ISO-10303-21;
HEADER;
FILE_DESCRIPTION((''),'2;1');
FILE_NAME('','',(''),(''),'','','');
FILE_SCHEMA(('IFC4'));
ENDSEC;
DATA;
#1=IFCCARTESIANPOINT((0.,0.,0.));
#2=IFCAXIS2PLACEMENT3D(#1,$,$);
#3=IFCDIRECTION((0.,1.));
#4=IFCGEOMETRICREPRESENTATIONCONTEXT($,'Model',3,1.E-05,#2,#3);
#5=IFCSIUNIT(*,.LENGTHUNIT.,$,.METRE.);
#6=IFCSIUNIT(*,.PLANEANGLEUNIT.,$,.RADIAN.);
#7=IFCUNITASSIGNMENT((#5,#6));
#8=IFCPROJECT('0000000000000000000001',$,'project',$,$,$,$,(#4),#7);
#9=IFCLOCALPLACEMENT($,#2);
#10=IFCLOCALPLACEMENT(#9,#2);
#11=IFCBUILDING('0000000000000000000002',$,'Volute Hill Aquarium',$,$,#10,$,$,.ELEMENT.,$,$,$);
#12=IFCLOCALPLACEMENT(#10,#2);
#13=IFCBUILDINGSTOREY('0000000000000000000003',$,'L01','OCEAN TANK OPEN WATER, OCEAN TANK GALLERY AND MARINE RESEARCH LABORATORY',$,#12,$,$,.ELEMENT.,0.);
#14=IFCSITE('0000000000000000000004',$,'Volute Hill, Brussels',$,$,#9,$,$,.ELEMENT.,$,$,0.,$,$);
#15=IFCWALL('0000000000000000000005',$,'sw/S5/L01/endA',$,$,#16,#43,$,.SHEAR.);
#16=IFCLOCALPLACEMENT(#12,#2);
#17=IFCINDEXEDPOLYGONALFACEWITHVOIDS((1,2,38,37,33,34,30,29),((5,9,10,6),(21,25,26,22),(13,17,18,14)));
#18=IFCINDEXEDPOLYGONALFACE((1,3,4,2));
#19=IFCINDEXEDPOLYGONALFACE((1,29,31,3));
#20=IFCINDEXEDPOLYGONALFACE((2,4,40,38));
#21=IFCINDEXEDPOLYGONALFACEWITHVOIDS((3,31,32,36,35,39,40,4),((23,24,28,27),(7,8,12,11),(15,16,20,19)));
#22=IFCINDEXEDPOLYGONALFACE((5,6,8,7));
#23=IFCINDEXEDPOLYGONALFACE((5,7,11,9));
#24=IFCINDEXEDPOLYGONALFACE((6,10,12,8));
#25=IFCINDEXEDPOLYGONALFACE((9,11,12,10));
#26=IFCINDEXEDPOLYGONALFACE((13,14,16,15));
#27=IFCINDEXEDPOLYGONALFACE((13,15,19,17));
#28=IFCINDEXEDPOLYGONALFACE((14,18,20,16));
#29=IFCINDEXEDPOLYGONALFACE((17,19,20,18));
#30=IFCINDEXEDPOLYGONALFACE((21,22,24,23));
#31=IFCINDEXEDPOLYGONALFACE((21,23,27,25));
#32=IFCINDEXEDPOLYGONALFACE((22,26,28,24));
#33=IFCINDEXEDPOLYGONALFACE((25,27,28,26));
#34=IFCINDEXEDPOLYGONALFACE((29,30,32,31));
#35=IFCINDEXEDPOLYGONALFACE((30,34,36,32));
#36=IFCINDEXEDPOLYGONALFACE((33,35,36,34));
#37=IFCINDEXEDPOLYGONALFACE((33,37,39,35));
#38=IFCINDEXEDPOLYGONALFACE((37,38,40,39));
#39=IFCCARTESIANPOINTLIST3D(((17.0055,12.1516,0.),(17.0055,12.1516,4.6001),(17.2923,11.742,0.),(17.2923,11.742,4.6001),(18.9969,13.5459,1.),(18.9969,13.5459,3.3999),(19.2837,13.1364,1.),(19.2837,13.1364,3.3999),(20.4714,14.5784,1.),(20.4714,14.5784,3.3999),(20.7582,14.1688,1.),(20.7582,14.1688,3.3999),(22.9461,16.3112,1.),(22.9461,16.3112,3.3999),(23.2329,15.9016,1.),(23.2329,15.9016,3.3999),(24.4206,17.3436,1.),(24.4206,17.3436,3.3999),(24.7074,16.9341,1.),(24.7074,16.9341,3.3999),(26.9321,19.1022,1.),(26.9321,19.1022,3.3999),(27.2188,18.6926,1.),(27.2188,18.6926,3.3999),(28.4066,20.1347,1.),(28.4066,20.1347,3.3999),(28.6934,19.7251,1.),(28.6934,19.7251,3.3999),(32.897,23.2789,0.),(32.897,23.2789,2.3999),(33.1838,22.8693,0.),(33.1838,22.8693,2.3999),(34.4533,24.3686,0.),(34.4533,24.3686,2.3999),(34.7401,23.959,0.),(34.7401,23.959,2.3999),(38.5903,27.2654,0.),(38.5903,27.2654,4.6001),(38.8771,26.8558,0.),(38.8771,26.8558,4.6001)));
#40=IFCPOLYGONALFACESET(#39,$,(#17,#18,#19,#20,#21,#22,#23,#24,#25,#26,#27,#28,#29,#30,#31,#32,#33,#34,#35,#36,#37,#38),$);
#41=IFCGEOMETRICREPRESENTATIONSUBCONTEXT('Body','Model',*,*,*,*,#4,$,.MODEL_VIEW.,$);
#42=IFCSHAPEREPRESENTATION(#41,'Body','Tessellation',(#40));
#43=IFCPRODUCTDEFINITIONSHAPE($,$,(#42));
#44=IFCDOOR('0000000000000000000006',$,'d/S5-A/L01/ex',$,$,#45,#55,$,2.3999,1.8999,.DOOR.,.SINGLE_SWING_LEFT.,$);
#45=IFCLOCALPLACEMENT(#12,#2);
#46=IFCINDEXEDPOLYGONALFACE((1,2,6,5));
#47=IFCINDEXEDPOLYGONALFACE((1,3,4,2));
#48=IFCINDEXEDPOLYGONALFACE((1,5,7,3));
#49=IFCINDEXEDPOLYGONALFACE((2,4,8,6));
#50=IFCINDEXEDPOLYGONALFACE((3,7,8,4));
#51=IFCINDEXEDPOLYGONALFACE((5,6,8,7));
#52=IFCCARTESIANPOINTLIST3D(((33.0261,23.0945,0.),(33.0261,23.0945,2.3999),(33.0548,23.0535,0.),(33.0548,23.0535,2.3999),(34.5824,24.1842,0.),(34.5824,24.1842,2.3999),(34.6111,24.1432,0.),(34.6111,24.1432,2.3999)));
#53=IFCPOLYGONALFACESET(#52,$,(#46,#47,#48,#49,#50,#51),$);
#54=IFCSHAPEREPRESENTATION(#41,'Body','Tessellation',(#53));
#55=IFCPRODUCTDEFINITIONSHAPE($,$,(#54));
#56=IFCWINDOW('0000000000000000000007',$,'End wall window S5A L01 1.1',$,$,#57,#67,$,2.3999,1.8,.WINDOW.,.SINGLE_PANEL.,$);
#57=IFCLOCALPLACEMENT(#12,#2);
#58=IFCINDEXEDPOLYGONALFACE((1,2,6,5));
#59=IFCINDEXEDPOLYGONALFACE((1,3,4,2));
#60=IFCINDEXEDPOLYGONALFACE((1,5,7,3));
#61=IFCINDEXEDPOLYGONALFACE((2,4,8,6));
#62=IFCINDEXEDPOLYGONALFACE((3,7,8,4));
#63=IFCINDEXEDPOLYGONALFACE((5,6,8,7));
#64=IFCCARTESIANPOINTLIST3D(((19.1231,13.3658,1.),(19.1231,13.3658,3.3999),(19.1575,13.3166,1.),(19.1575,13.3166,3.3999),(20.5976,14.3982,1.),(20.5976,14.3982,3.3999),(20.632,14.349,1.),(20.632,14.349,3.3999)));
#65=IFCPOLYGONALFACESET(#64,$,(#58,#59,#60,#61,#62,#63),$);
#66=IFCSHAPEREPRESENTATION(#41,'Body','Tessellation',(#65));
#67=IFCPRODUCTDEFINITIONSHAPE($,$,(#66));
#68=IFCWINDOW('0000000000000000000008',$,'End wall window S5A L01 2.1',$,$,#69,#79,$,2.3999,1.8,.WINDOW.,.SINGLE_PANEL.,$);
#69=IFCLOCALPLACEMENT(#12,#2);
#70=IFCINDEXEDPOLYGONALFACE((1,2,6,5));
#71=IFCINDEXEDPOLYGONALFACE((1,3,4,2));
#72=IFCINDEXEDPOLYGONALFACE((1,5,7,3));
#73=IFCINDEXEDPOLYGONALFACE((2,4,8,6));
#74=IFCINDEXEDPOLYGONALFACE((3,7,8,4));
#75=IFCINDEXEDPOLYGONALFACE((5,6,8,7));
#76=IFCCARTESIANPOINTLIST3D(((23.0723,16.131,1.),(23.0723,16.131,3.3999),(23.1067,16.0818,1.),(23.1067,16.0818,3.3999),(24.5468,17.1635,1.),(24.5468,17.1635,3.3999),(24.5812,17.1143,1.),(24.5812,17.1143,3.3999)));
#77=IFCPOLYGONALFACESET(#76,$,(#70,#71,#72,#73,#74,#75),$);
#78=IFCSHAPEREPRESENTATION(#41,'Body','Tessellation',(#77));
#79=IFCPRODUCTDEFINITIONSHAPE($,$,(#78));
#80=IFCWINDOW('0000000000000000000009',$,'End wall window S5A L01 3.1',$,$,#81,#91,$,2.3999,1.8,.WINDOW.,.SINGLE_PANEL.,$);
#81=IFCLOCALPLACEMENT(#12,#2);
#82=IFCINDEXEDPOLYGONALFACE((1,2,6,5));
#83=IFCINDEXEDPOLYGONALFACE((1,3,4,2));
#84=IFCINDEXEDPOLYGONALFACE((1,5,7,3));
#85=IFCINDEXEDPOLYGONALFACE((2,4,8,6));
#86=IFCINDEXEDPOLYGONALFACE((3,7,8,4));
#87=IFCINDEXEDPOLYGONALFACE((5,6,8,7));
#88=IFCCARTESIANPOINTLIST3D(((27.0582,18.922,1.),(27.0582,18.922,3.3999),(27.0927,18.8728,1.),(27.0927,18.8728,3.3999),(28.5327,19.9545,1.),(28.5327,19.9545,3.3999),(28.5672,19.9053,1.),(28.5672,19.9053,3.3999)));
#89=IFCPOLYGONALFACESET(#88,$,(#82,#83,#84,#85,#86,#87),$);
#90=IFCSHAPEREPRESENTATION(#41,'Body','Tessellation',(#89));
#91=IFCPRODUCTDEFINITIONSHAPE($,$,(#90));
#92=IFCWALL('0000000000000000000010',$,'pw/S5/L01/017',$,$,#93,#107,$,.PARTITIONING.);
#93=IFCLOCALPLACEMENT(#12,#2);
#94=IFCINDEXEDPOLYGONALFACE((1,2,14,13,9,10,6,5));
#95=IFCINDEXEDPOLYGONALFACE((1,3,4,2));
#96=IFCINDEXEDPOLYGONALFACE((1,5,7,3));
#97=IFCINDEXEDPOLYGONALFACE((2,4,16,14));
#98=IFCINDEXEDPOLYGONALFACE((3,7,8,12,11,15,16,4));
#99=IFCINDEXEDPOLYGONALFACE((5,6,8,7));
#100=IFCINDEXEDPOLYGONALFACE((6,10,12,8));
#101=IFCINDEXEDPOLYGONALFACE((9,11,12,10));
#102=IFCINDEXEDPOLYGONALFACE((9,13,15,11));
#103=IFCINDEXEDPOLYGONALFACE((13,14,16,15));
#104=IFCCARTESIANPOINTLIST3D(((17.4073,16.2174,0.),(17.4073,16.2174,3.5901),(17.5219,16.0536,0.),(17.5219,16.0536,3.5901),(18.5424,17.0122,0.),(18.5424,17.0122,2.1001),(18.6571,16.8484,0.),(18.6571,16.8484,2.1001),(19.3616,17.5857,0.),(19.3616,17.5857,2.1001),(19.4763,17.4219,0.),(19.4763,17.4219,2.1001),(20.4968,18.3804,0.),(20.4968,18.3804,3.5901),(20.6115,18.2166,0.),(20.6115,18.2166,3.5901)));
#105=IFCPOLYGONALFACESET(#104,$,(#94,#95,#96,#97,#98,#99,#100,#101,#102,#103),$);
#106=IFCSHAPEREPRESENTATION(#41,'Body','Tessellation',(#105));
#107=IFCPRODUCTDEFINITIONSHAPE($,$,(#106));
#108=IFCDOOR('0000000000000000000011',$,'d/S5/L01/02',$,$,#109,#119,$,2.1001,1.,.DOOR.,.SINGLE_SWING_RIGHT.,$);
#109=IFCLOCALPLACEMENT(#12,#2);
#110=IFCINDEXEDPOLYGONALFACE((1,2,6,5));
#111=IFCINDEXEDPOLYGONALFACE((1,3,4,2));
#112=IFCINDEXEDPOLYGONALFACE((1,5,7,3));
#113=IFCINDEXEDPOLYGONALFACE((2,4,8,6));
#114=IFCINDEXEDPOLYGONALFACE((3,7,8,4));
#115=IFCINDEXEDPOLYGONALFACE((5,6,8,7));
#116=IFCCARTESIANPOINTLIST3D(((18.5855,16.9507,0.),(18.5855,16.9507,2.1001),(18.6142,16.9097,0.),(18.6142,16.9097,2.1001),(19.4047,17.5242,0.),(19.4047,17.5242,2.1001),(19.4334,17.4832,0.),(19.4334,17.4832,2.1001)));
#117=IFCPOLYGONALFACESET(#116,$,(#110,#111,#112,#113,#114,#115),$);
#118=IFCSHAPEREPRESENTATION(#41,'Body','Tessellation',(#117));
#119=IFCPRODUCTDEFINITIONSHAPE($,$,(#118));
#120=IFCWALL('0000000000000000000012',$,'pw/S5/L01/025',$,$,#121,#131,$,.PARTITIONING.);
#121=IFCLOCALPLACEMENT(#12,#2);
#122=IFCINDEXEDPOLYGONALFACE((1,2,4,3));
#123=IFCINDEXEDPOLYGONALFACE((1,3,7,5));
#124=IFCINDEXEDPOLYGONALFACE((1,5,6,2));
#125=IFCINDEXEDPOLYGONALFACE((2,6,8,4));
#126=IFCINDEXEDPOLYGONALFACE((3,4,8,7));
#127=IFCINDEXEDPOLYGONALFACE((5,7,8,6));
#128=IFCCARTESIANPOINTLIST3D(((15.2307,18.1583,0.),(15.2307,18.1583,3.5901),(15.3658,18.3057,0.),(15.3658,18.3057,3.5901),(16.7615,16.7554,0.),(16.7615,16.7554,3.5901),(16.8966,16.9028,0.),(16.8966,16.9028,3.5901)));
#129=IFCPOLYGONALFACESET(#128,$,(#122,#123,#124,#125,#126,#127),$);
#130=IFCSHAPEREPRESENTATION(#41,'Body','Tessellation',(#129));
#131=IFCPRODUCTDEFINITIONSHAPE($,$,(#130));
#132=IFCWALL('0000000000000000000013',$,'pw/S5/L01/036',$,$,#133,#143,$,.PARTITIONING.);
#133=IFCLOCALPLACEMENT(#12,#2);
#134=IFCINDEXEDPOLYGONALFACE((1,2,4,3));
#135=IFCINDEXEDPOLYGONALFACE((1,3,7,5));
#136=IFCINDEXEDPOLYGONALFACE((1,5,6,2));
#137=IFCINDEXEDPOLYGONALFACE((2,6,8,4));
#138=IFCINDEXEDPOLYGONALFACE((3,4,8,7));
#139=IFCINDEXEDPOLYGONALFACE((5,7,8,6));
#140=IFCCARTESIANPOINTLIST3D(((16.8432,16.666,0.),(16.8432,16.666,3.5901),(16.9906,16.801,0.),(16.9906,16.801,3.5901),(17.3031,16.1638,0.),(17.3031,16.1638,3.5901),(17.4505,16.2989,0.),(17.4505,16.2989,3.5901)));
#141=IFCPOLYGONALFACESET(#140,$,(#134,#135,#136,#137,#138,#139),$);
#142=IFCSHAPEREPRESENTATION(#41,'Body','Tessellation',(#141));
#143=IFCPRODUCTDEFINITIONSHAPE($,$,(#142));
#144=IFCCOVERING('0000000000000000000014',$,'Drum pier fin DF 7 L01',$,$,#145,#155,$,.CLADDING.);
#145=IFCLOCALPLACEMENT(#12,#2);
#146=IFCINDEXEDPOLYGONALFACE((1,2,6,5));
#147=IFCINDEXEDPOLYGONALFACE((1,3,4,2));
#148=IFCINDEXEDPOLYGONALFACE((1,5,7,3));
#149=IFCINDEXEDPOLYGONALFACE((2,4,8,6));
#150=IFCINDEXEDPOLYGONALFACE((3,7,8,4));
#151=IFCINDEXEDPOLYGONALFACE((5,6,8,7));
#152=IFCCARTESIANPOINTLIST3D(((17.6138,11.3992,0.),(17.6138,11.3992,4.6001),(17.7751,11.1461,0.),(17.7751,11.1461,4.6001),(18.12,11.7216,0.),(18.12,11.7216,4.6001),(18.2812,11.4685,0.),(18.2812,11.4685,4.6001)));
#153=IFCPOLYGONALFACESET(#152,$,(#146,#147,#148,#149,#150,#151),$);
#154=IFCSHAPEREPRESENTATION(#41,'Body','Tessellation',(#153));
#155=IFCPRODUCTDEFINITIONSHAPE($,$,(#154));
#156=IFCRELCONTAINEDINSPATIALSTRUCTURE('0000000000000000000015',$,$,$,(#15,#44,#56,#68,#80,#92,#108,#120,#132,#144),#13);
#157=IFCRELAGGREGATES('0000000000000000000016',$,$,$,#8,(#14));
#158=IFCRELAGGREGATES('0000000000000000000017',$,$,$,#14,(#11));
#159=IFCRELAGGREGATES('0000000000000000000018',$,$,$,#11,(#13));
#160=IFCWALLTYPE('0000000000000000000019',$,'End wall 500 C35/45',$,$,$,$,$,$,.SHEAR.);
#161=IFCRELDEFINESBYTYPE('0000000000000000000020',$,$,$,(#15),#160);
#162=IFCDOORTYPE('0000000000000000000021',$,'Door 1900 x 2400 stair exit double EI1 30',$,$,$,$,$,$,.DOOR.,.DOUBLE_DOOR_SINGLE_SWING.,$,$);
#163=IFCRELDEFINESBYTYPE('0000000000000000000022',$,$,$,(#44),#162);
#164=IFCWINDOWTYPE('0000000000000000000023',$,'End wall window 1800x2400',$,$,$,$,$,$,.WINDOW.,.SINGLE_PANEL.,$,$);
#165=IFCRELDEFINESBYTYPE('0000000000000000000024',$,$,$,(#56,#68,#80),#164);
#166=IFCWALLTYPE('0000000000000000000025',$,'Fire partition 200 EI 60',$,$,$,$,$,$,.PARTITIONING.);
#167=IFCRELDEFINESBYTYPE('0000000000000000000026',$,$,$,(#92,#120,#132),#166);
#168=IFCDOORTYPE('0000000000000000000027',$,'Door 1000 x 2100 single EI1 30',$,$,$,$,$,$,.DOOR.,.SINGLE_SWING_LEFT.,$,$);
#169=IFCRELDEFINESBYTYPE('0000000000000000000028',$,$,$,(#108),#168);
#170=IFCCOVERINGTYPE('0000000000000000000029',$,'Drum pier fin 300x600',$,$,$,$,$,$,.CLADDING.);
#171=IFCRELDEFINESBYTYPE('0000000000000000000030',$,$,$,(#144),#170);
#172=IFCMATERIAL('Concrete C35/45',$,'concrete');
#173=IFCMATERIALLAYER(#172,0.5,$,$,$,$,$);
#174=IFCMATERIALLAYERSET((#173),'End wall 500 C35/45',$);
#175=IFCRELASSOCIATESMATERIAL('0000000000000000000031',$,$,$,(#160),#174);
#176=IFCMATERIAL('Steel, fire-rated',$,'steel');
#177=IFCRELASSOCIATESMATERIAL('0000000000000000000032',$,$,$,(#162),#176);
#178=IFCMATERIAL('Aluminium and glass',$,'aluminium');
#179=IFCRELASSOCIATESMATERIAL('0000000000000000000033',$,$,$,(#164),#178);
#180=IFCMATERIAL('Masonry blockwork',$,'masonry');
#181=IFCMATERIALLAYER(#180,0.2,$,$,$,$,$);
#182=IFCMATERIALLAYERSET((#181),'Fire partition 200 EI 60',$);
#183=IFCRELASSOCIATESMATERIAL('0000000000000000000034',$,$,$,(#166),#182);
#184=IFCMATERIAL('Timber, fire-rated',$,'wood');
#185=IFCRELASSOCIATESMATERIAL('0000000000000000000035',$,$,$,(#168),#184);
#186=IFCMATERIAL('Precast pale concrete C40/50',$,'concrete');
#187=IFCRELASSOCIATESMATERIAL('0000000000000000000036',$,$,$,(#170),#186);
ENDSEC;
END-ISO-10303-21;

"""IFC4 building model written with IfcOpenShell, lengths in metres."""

from ifc_helpers import new_model, si_unit, direction, frame, frame_2d, origin, origin_2d, place, context, subcontext, project, spatial, rectangle, extrude, material, layer, layer_set, type_object, element, fill, save


model = new_model("IFC4")

# Units and contexts
model_context = context("Model", 3, precision=1e-05, world=origin(), true_north=direction((0.0, 1.0)))
body_context = subcontext(model_context, "Body", "Model", "MODEL_VIEW")
ifc_project = project(units=[si_unit("LENGTHUNIT", "METRE"), si_unit("PLANEANGLEUNIT", "RADIAN")], contexts=[model_context])

# Site, building, storey
site_placement = place(None, origin())
site = spatial("IfcSite", under=ifc_project, at=site_placement, Name="Volute Hill, Brussels", CompositionType="ELEMENT", RefElevation=0.0)
building_placement = place(site_placement, origin())
building = spatial("IfcBuilding", under=site, at=building_placement, Name="Volute Hill Aquarium", CompositionType="ELEMENT")
storey_placement = place(building_placement, origin())
storey = spatial("IfcBuildingStorey", under=building, at=storey_placement, Name="L01", Description="OCEAN TANK OPEN WATER, OCEAN TANK GALLERY AND MARINE RESEARCH LABORATORY", CompositionType="ELEMENT", Elevation=0.0)

# Wall, openings, door, windows
ifc_material_1 = material(Name="Concrete C35/45", Category="concrete")
ifc_layer_1 = layer(ifc_material_1, 0.5)
ifc_layer_set_1 = layer_set([ifc_layer_1], Name="End wall 500 C35/45")
wall_type_1 = type_object("IfcWallType", Name="End wall 500 C35/45", PredefinedType="SHEAR", material=ifc_layer_set_1)
wall_1_placement = place(storey_placement, frame((17.1489, 11.9468, 0.0), z_axis=(0.0, 0.0, 1.0), x_axis=(0.819152, 0.573576, 0.0)))
wall_1 = element("IfcWall", 1, at=wall_1_placement, inside=storey, type_object=wall_type_1, Name="sw/S5/L01/endA", PredefinedType="SHEAR", context=body_context, shape_type="SweptSolid", body=[
    extrude(rectangle(XDim=26.3501, YDim=0.5, at=frame_2d((13.175, 0.0))), origin(), (0.0, 0.0, 1.0), 4.6001),
])
opening_1_placement = place(wall_1_placement, frame((2.4312, 0.0, 1.0)))
opening_1 = element("IfcOpeningElement", 2, at=opening_1_placement, cuts=wall_1, PredefinedType="OPENING", context=body_context, shape_type="SweptSolid", body=[
    extrude(rectangle(XDim=1.8, YDim=2.3999, at=frame_2d((0.8999, 1.2))), frame((0.0, 0.26, 0.0), z_axis=(0.0, -1.0, 0.0), x_axis=(1.0, 0.0, 0.0)), (0.0, 0.0, 1.0), 0.52),
])
opening_2_placement = place(wall_1_placement, frame((7.2522, 0.0, 1.0)))
opening_2 = element("IfcOpeningElement", 3, at=opening_2_placement, cuts=wall_1, PredefinedType="OPENING", context=body_context, shape_type="SweptSolid", body=[
    extrude(rectangle(XDim=1.8, YDim=2.3999, at=frame_2d((0.8999, 1.2))), frame((0.0, 0.26, 0.0), z_axis=(0.0, -1.0, 0.0), x_axis=(1.0, 0.0, 0.0)), (0.0, 0.0, 1.0), 0.52),
])
opening_3_placement = place(wall_1_placement, frame((12.1182, 0.0, 1.0)))
opening_3 = element("IfcOpeningElement", 4, at=opening_3_placement, cuts=wall_1, PredefinedType="OPENING", context=body_context, shape_type="SweptSolid", body=[
    extrude(rectangle(XDim=1.8, YDim=2.3999, at=frame_2d((0.8999, 1.2))), frame((0.0, 0.26, 0.0), z_axis=(0.0, -1.0, 0.0), x_axis=(1.0, 0.0, 0.0)), (0.0, 0.0, 1.0), 0.52),
])
opening_4_placement = place(wall_1_placement, frame((19.3999, 0.0, 0.0)))
opening_4 = element("IfcOpeningElement", 5, at=opening_4_placement, cuts=wall_1, PredefinedType="OPENING", context=body_context, shape_type="SweptSolid", body=[
    extrude(rectangle(XDim=1.8999, YDim=2.3999, at=frame_2d((0.95, 1.2))), frame((0.0, 0.26, 0.0), z_axis=(0.0, -1.0, 0.0), x_axis=(1.0, 0.0, 0.0)), (0.0, 0.0, 1.0), 0.52),
])
ifc_material_2 = material(Name="Steel, fire-rated", Category="steel")
door_type_1 = type_object("IfcDoorType", Name="Door 1900 x 2400 stair exit double EI1 30", OperationType="DOUBLE_DOOR_SINGLE_SWING", PredefinedType="DOOR", material=ifc_material_2)
door_1_placement = place(opening_4_placement, origin())
door_1 = element("IfcDoor", 6, at=door_1_placement, inside=storey, type_object=door_type_1, Name="d/S5-A/L01/ex", OperationType="SINGLE_SWING_LEFT", OverallHeight=2.3999, OverallWidth=1.8999, PredefinedType="DOOR", context=body_context, shape_type="SweptSolid", body=[
    extrude(rectangle(XDim=1.8999, YDim=2.3999, at=frame_2d((0.95, 1.2))), frame((0.0, 0.0249, 0.0), z_axis=(0.0, -1.0, 0.0), x_axis=(1.0, 0.0, 0.0)), (0.0, 0.0, 1.0), 0.05),
])
fill(opening_4, door_1)
ifc_material_3 = material(Name="Aluminium and glass", Category="aluminium")
window_type = type_object("IfcWindowType", Name="End wall window 1800x2400", PartitioningType="SINGLE_PANEL", PredefinedType="WINDOW", material=ifc_material_3)
window_1_placement = place(opening_1_placement, origin())
window_1 = element("IfcWindow", 7, at=window_1_placement, inside=storey, type_object=window_type, Name="End wall window S5A L01 1.1", OverallHeight=2.3999, OverallWidth=1.8, PartitioningType="SINGLE_PANEL", PredefinedType="WINDOW", context=body_context, shape_type="SweptSolid", body=[
    extrude(rectangle(XDim=1.8, YDim=2.3999, at=frame_2d((0.8999, 1.2))), frame((0.0, 0.03, 0.0), z_axis=(0.0, -1.0, 0.0), x_axis=(1.0, 0.0, 0.0)), (0.0, 0.0, 1.0), 0.0601),
])
fill(opening_1, window_1)
window_2_placement = place(opening_2_placement, origin())
window_2 = element("IfcWindow", 8, at=window_2_placement, inside=storey, type_object=window_type, Name="End wall window S5A L01 2.1", OverallHeight=2.3999, OverallWidth=1.8, PartitioningType="SINGLE_PANEL", PredefinedType="WINDOW", context=body_context, shape_type="SweptSolid", body=[
    extrude(rectangle(XDim=1.8, YDim=2.3999, at=frame_2d((0.8999, 1.2))), frame((0.0, 0.03, 0.0), z_axis=(0.0, -1.0, 0.0), x_axis=(1.0, 0.0, 0.0)), (0.0, 0.0, 1.0), 0.0601),
])
fill(opening_2, window_2)
window_3_placement = place(opening_3_placement, origin())
window_3 = element("IfcWindow", 9, at=window_3_placement, inside=storey, type_object=window_type, Name="End wall window S5A L01 3.1", OverallHeight=2.3999, OverallWidth=1.8, PartitioningType="SINGLE_PANEL", PredefinedType="WINDOW", context=body_context, shape_type="SweptSolid", body=[
    extrude(rectangle(XDim=1.8, YDim=2.3999, at=frame_2d((0.8999, 1.2))), frame((0.0, 0.03, 0.0), z_axis=(0.0, -1.0, 0.0), x_axis=(1.0, 0.0, 0.0)), (0.0, 0.0, 1.0), 0.0601),
])
fill(opening_3, window_3)

# Wall, opening, door
ifc_material_4 = material(Name="Masonry blockwork", Category="masonry")
ifc_layer_2 = layer(ifc_material_4, 0.2)
ifc_layer_set_2 = layer_set([ifc_layer_2], Name="Fire partition 200 EI 60")
wall_type_2 = type_object("IfcWallType", Name="Fire partition 200 EI 60", PredefinedType="PARTITIONING", material=ifc_layer_set_2)
wall_2_placement = place(storey_placement, frame((17.4646, 16.1355, 0.0), z_axis=(0.0, 0.0, 1.0), x_axis=(0.819186, 0.573528, 0.0)))
wall_2 = element("IfcWall", 10, at=wall_2_placement, inside=storey, type_object=wall_type_2, Name="pw/S5/L01/017", PredefinedType="PARTITIONING", context=body_context, shape_type="SweptSolid", body=[
    extrude(rectangle(XDim=3.7715, YDim=0.2, at=frame_2d((1.8857, 0.0))), origin(), (0.0, 0.0, 1.0), 3.5901),
])
opening_5_placement = place(wall_2_placement, frame((1.3857, 0.0, 0.0)))
opening_5 = element("IfcOpeningElement", 11, at=opening_5_placement, cuts=wall_2, PredefinedType="OPENING", context=body_context, shape_type="SweptSolid", body=[
    extrude(rectangle(XDim=1.0, YDim=2.1001, at=frame_2d((0.5, 1.05))), frame((0.0, 0.1099, 0.0), z_axis=(0.0, -1.0, 0.0), x_axis=(1.0, 0.0, 0.0)), (0.0, 0.0, 1.0), 0.22),
])
ifc_material_5 = material(Name="Timber, fire-rated", Category="wood")
door_type_2 = type_object("IfcDoorType", Name="Door 1000 x 2100 single EI1 30", OperationType="SINGLE_SWING_LEFT", PredefinedType="DOOR", material=ifc_material_5)
door_2_placement = place(opening_5_placement, origin())
door_2 = element("IfcDoor", 12, at=door_2_placement, inside=storey, type_object=door_type_2, Name="d/S5/L01/02", OperationType="SINGLE_SWING_RIGHT", OverallHeight=2.1001, OverallWidth=1.0, PredefinedType="DOOR", context=body_context, shape_type="SweptSolid", body=[
    extrude(rectangle(XDim=1.0, YDim=2.1001, at=frame_2d((0.5, 1.05))), frame((0.0, 0.0249, 0.0), z_axis=(0.0, -1.0, 0.0), x_axis=(1.0, 0.0, 0.0)), (0.0, 0.0, 1.0), 0.05),
])
fill(opening_5, door_2)

# Walls
wall_3_placement = place(storey_placement, frame((15.2983, 18.2319, 0.0), z_axis=(0.0, 0.0, 1.0), x_axis=(0.737242, -0.675629, 0.0)))
element("IfcWall", 13, at=wall_3_placement, inside=storey, type_object=wall_type_2, Name="pw/S5/L01/025", PredefinedType="PARTITIONING", context=body_context, shape_type="SweptSolid", body=[
    extrude(rectangle(XDim=2.0764, YDim=0.2, at=frame_2d((1.0381, 0.0))), origin(), (0.0, 0.0, 1.0), 3.5901),
])
wall_4_placement = place(storey_placement, frame((16.917, 16.7334, 0.0), z_axis=(0.0, 0.0, 1.0), x_axis=(0.675416, -0.737437, 0.0)))
element("IfcWall", 14, at=wall_4_placement, inside=storey, type_object=wall_type_2, Name="pw/S5/L01/036", PredefinedType="PARTITIONING", context=body_context, shape_type="SweptSolid", body=[
    extrude(rectangle(XDim=0.6809, YDim=0.2, at=frame_2d((0.3403, 0.0))), origin(), (0.0, 0.0, 1.0), 3.5901),
])

# Covering
ifc_material_6 = material(Name="Precast pale concrete C40/50", Category="concrete")
covering_type_1 = type_object("IfcCoveringType", Name="Drum pier fin 300x600", PredefinedType="CLADDING", material=ifc_material_6)
covering_1_placement = place(storey_placement, frame((17.9475, 11.4338, 0.0), z_axis=(0.0, 0.0, 1.0), x_axis=(-0.5373, 0.843391, 0.0)))
element("IfcCovering", 15, at=covering_1_placement, inside=storey, type_object=covering_type_1, Name="Drum pier fin DF 7 L01", PredefinedType="CLADDING", context=body_context, shape_type="SweptSolid", body=[
    extrude(rectangle(XDim=0.3, YDim=0.6001, at=origin_2d()), origin(), (0.0, 0.0, 1.0), 4.6001),
])

save(model, "model.ifc")
